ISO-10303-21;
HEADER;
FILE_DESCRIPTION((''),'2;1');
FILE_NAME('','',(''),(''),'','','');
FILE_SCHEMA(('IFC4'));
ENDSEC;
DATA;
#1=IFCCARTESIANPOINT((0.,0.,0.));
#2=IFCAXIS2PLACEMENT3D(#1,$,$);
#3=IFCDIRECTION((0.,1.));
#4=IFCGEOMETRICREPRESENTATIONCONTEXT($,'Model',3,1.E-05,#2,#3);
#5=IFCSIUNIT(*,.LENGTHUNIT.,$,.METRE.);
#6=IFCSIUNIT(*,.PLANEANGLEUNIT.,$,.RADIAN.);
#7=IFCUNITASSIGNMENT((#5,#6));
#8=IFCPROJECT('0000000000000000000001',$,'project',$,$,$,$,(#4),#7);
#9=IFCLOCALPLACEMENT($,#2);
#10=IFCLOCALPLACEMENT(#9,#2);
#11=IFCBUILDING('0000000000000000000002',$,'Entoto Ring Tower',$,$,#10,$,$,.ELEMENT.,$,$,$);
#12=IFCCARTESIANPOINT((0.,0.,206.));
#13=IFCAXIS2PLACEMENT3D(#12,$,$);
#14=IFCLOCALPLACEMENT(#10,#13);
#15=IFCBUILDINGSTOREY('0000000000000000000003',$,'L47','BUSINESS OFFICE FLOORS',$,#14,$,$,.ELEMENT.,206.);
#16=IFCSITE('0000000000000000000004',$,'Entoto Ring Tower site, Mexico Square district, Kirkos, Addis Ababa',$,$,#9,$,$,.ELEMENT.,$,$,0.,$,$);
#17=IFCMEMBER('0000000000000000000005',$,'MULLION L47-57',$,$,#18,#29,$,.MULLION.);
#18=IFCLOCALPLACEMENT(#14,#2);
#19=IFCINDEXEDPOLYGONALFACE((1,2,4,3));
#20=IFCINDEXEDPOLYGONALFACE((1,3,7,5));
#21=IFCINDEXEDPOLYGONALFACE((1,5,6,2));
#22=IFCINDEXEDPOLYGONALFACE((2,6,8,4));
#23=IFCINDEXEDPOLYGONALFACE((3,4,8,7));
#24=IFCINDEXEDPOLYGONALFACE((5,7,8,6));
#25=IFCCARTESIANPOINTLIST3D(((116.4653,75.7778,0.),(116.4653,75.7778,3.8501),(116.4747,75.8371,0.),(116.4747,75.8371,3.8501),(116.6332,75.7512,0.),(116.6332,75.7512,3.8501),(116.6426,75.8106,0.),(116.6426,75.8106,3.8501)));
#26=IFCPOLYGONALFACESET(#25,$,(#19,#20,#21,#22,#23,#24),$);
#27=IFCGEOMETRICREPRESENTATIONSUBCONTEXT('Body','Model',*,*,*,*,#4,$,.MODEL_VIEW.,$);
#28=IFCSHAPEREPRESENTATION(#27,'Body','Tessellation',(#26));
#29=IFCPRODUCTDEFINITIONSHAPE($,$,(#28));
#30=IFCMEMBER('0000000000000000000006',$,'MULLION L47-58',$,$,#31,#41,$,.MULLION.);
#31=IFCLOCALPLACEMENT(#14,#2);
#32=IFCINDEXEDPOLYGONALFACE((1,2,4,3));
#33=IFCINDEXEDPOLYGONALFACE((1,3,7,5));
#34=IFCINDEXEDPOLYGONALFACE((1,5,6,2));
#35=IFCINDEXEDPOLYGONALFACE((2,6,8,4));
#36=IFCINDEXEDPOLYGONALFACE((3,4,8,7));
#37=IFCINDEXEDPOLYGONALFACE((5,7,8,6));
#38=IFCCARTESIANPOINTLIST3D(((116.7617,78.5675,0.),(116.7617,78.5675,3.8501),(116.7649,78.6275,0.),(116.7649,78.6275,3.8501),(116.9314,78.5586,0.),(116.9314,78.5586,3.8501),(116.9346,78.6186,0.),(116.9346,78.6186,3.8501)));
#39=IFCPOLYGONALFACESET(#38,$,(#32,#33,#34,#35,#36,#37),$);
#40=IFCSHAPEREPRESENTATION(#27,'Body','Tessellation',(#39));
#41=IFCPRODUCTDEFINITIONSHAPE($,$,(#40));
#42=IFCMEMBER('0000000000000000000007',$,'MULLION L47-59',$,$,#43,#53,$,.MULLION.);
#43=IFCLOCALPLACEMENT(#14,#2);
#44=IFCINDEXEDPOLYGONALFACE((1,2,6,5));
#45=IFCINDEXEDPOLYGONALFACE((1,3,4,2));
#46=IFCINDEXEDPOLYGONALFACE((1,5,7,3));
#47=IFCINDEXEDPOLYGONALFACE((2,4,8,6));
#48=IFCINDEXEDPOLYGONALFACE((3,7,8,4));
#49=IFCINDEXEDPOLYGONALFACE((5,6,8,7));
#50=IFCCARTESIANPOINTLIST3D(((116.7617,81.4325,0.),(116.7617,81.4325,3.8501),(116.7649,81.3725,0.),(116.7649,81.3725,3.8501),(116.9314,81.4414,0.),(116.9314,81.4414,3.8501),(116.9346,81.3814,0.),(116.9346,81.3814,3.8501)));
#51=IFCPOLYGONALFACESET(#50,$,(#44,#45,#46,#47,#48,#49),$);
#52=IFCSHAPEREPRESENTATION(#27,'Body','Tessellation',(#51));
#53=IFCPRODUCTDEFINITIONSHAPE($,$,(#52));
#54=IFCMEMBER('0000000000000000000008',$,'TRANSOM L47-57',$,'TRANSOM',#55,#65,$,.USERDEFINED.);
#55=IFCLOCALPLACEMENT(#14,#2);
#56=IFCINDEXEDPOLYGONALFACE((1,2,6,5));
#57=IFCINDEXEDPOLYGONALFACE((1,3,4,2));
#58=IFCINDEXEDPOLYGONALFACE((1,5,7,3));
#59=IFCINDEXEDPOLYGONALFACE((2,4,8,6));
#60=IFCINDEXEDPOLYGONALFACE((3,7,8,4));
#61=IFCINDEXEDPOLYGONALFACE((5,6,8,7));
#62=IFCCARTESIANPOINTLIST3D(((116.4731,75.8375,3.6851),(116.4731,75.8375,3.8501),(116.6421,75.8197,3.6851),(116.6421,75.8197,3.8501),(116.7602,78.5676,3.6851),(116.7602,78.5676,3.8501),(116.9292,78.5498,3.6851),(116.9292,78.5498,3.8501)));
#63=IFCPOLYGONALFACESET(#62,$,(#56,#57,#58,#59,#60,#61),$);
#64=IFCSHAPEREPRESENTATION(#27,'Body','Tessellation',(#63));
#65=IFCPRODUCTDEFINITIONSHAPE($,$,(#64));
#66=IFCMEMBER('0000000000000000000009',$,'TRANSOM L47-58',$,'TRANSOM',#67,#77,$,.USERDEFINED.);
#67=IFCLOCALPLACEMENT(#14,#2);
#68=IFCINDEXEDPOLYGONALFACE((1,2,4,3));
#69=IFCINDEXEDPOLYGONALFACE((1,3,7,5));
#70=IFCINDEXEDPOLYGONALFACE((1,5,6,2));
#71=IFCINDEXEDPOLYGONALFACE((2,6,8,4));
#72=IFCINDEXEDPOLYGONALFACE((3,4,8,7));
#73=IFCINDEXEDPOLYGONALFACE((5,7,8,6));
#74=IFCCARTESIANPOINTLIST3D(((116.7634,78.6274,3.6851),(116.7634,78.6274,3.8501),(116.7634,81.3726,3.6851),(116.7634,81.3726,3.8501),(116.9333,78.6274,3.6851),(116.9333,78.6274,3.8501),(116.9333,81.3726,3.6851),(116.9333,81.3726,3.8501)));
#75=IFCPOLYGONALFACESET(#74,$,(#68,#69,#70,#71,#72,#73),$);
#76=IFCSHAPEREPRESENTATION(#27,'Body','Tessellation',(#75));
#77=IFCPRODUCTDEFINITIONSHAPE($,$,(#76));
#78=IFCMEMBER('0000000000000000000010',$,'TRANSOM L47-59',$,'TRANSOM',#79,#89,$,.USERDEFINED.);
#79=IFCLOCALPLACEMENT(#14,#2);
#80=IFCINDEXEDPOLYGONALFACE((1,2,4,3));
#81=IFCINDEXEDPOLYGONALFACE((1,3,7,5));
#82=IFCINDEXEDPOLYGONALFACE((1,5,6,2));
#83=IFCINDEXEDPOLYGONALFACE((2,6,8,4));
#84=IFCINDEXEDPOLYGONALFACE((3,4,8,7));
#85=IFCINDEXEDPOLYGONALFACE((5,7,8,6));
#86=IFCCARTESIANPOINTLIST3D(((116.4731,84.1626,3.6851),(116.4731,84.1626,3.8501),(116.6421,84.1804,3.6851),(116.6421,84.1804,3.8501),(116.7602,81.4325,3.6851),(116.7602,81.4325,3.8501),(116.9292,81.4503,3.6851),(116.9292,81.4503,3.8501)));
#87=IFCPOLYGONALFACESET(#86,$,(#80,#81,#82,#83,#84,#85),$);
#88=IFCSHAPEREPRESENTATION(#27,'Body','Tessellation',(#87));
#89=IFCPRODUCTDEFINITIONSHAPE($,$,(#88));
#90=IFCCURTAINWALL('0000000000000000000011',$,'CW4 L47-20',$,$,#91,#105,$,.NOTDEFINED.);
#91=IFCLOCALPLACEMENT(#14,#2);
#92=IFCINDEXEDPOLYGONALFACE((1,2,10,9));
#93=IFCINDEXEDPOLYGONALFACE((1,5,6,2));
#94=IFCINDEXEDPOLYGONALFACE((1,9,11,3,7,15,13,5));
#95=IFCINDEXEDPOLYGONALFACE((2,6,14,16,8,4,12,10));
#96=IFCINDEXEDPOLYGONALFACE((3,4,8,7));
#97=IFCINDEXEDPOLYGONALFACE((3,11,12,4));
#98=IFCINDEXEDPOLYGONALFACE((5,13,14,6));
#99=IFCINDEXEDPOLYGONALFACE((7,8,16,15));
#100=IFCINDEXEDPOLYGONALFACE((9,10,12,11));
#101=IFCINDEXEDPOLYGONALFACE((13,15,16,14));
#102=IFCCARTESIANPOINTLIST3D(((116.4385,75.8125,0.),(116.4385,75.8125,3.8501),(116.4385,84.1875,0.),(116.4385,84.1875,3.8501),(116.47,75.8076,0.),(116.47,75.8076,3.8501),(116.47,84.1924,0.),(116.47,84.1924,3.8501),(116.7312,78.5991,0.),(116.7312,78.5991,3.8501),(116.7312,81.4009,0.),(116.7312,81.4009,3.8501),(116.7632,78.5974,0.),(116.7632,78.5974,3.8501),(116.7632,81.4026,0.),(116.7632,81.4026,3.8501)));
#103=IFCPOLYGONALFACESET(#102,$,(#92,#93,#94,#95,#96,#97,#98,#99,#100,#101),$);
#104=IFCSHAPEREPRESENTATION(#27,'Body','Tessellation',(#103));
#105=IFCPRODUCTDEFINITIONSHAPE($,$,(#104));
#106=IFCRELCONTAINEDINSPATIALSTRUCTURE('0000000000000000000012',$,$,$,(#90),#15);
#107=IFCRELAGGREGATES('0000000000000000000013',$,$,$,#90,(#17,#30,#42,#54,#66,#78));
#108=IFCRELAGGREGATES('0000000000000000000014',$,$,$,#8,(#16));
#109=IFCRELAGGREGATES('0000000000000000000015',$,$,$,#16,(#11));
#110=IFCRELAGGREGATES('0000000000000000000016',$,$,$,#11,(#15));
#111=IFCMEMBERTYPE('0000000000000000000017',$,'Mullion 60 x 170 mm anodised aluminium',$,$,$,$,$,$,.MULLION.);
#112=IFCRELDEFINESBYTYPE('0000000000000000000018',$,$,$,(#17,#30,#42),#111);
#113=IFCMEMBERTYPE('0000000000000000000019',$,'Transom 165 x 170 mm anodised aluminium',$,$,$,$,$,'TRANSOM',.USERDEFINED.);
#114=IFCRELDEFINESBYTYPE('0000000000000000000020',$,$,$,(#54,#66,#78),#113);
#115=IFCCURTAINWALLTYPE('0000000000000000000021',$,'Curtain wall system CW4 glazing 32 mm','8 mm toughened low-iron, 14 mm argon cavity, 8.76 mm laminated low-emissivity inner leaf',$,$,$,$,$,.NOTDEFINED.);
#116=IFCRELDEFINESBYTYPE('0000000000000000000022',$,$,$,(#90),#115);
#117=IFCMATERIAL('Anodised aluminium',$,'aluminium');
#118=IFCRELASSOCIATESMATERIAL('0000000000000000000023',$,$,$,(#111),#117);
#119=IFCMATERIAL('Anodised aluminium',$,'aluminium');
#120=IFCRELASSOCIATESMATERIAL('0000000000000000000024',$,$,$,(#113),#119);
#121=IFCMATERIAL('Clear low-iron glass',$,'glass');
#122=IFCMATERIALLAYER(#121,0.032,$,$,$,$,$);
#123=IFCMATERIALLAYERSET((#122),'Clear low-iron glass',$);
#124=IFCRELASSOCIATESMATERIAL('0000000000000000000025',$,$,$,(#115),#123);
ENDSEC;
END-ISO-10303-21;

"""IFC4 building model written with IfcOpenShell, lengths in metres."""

from ifc_helpers import new_model, si_unit, direction, frame, origin, origin_2d, place, context, subcontext, project, spatial, polyline, rectangle, outline, extrude, material, layer, layer_set, material_profile, profile_set, type_object, element, aggregate, save


model = new_model("IFC4")

# Units and contexts
model_context = context("Model", 3, precision=1e-05, world=origin(), true_north=direction((0.0, 1.0)))
body_context = subcontext(model_context, "Body", "Model", "MODEL_VIEW")
ifc_project = project(units=[si_unit("LENGTHUNIT", "METRE"), si_unit("PLANEANGLEUNIT", "RADIAN")], contexts=[model_context])

# Members
ifc_material_1 = material(Name="Anodised aluminium", Category="aluminium")
ifc_material_profile_1 = material_profile(ifc_material_1, rectangle(XDim=0.0601, YDim=0.1699, at=origin_2d()), Name="Mullion 60 x 170 mm anodised aluminium")
ifc_profile_set_1 = profile_set([ifc_material_profile_1], Name="Anodised aluminium")
member_type_1 = type_object("IfcMemberType", Name="Mullion 60 x 170 mm anodised aluminium", PredefinedType="MULLION", material=ifc_profile_set_1)
site_placement = place(None, origin())
building_placement = place(site_placement, origin())
storey_placement = place(building_placement, frame((0.0, 0.0, 206.0)))
member_1_placement = place(storey_placement, frame((116.554, 75.7942, 0.0), z_axis=(0.0, 0.0, 1.0), x_axis=(0.156434, 0.987688, 0.0)))
member_1 = element("IfcMember", 1, at=member_1_placement, type_object=member_type_1, Name="MULLION L47-57", PredefinedType="MULLION", context=body_context, shape_type="SweptSolid", body=[
    extrude(rectangle(XDim=0.0601, YDim=0.1699, at=origin_2d()), origin(), (0.0, 0.0, 1.0), 3.8501),
])
member_2_placement = place(storey_placement, frame((116.8481, 78.593, 0.0), z_axis=(0.0, 0.0, 1.0), x_axis=(0.052336, 0.99863, 0.0)))
member_2 = element("IfcMember", 2, at=member_2_placement, type_object=member_type_1, Name="MULLION L47-58", PredefinedType="MULLION", context=body_context, shape_type="SweptSolid", body=[
    extrude(rectangle(XDim=0.0601, YDim=0.1699, at=origin_2d()), origin(), (0.0, 0.0, 1.0), 3.8501),
])
member_3_placement = place(storey_placement, frame((116.8481, 81.407, 0.0), z_axis=(0.0, 0.0, 1.0), x_axis=(-0.052336, 0.99863, 0.0)))
member_3 = element("IfcMember", 3, at=member_3_placement, type_object=member_type_1, Name="MULLION L47-59", PredefinedType="MULLION", context=body_context, shape_type="SweptSolid", body=[
    extrude(rectangle(XDim=0.0601, YDim=0.1699, at=origin_2d()), origin(), (0.0, 0.0, 1.0), 3.8501),
])
ifc_material_2 = material(Name="Anodised aluminium", Category="aluminium")
ifc_material_profile_2 = material_profile(ifc_material_2, rectangle(XDim=0.1699, YDim=0.165, at=origin_2d()), Name="Transom 165 x 170 mm anodised aluminium")
ifc_profile_set_2 = profile_set([ifc_material_profile_2], Name="Anodised aluminium")
member_type_2 = type_object("IfcMemberType", Name="Transom 165 x 170 mm anodised aluminium", ElementType="TRANSOM", PredefinedType="USERDEFINED", material=ifc_profile_set_2)
member_4_placement = place(storey_placement, frame((116.5576, 75.8286, 3.7676), z_axis=(0.104592, 0.994515, 0.0), x_axis=(-0.994515, 0.104592, 0.0)))
member_4 = element("IfcMember", 4, at=member_4_placement, type_object=member_type_2, Name="TRANSOM L47-57", ObjectType="TRANSOM", PredefinedType="USERDEFINED", context=body_context, shape_type="SweptSolid", body=[
    extrude(rectangle(XDim=0.1699, YDim=0.165, at=origin_2d()), origin(), (0.0, 0.0, 1.0), 2.7451),
])
member_5_placement = place(storey_placement, frame((116.8484, 78.6274, 3.7676), z_axis=(0.0, 1.0, 0.0), x_axis=(-1.0, 0.0, 0.0)))
member_5 = element("IfcMember", 5, at=member_5_placement, type_object=member_type_2, Name="TRANSOM L47-58", ObjectType="TRANSOM", PredefinedType="USERDEFINED", context=body_context, shape_type="SweptSolid", body=[
    extrude(rectangle(XDim=0.1699, YDim=0.165, at=origin_2d()), origin(), (0.0, 0.0, 1.0), 2.7451),
])
member_6_placement = place(storey_placement, frame((116.8447, 81.4414, 3.7676), z_axis=(-0.104592, 0.994515, 0.0), x_axis=(-0.994515, -0.104592, 0.0)))
member_6 = element("IfcMember", 6, at=member_6_placement, type_object=member_type_2, Name="TRANSOM L47-59", ObjectType="TRANSOM", PredefinedType="USERDEFINED", context=body_context, shape_type="SweptSolid", body=[
    extrude(rectangle(XDim=0.1699, YDim=0.165, at=origin_2d()), origin(), (0.0, 0.0, 1.0), 2.7451),
])

# Site, building, storey
site = spatial("IfcSite", under=ifc_project, at=site_placement, Name="Entoto Ring Tower site, Mexico Square district, Kirkos, Addis Ababa", CompositionType="ELEMENT", RefElevation=0.0)
building = spatial("IfcBuilding", under=site, at=building_placement, Name="Entoto Ring Tower", CompositionType="ELEMENT")
storey = spatial("IfcBuildingStorey", under=building, at=storey_placement, Name="L47", Description="BUSINESS OFFICE FLOORS", CompositionType="ELEMENT", Elevation=206.0)

# Curtain wall
ifc_material_3 = material(Name="Clear low-iron glass", Category="glass")
ifc_layer = layer(ifc_material_3, 0.032)
ifc_layer_set = layer_set([ifc_layer], Name="Clear low-iron glass")
curtain_wall_type = type_object("IfcCurtainWallType", Name="Curtain wall system CW4 glazing 32 mm", Description="8 mm toughened low-iron, 14 mm argon cavity, 8.76 mm laminated low-emissivity inner leaf", PredefinedType="NOTDEFINED", material=ifc_layer_set)
curtain_wall_1_placement = place(storey_placement, origin())
curtain_wall_1 = element("IfcCurtainWall", 7, at=curtain_wall_1_placement, inside=storey, type_object=curtain_wall_type, Name="CW4 L47-20", PredefinedType="NOTDEFINED", context=body_context, shape_type="SweptSolid", body=[
    extrude(outline(polyline([(116.47, 75.8076), (116.7632, 78.5974), (116.7632, 81.4026), (116.47, 84.1924), (116.4385, 84.1875), (116.7312, 81.4009), (116.7312, 78.5991), (116.4385, 75.8125), (116.47, 75.8076)])), origin(), (0.0, 0.0, 1.0), 3.8501),
])
aggregate(curtain_wall_1, [member_1, member_2, member_3, member_4, member_5, member_6])

save(model, "model.ifc")
